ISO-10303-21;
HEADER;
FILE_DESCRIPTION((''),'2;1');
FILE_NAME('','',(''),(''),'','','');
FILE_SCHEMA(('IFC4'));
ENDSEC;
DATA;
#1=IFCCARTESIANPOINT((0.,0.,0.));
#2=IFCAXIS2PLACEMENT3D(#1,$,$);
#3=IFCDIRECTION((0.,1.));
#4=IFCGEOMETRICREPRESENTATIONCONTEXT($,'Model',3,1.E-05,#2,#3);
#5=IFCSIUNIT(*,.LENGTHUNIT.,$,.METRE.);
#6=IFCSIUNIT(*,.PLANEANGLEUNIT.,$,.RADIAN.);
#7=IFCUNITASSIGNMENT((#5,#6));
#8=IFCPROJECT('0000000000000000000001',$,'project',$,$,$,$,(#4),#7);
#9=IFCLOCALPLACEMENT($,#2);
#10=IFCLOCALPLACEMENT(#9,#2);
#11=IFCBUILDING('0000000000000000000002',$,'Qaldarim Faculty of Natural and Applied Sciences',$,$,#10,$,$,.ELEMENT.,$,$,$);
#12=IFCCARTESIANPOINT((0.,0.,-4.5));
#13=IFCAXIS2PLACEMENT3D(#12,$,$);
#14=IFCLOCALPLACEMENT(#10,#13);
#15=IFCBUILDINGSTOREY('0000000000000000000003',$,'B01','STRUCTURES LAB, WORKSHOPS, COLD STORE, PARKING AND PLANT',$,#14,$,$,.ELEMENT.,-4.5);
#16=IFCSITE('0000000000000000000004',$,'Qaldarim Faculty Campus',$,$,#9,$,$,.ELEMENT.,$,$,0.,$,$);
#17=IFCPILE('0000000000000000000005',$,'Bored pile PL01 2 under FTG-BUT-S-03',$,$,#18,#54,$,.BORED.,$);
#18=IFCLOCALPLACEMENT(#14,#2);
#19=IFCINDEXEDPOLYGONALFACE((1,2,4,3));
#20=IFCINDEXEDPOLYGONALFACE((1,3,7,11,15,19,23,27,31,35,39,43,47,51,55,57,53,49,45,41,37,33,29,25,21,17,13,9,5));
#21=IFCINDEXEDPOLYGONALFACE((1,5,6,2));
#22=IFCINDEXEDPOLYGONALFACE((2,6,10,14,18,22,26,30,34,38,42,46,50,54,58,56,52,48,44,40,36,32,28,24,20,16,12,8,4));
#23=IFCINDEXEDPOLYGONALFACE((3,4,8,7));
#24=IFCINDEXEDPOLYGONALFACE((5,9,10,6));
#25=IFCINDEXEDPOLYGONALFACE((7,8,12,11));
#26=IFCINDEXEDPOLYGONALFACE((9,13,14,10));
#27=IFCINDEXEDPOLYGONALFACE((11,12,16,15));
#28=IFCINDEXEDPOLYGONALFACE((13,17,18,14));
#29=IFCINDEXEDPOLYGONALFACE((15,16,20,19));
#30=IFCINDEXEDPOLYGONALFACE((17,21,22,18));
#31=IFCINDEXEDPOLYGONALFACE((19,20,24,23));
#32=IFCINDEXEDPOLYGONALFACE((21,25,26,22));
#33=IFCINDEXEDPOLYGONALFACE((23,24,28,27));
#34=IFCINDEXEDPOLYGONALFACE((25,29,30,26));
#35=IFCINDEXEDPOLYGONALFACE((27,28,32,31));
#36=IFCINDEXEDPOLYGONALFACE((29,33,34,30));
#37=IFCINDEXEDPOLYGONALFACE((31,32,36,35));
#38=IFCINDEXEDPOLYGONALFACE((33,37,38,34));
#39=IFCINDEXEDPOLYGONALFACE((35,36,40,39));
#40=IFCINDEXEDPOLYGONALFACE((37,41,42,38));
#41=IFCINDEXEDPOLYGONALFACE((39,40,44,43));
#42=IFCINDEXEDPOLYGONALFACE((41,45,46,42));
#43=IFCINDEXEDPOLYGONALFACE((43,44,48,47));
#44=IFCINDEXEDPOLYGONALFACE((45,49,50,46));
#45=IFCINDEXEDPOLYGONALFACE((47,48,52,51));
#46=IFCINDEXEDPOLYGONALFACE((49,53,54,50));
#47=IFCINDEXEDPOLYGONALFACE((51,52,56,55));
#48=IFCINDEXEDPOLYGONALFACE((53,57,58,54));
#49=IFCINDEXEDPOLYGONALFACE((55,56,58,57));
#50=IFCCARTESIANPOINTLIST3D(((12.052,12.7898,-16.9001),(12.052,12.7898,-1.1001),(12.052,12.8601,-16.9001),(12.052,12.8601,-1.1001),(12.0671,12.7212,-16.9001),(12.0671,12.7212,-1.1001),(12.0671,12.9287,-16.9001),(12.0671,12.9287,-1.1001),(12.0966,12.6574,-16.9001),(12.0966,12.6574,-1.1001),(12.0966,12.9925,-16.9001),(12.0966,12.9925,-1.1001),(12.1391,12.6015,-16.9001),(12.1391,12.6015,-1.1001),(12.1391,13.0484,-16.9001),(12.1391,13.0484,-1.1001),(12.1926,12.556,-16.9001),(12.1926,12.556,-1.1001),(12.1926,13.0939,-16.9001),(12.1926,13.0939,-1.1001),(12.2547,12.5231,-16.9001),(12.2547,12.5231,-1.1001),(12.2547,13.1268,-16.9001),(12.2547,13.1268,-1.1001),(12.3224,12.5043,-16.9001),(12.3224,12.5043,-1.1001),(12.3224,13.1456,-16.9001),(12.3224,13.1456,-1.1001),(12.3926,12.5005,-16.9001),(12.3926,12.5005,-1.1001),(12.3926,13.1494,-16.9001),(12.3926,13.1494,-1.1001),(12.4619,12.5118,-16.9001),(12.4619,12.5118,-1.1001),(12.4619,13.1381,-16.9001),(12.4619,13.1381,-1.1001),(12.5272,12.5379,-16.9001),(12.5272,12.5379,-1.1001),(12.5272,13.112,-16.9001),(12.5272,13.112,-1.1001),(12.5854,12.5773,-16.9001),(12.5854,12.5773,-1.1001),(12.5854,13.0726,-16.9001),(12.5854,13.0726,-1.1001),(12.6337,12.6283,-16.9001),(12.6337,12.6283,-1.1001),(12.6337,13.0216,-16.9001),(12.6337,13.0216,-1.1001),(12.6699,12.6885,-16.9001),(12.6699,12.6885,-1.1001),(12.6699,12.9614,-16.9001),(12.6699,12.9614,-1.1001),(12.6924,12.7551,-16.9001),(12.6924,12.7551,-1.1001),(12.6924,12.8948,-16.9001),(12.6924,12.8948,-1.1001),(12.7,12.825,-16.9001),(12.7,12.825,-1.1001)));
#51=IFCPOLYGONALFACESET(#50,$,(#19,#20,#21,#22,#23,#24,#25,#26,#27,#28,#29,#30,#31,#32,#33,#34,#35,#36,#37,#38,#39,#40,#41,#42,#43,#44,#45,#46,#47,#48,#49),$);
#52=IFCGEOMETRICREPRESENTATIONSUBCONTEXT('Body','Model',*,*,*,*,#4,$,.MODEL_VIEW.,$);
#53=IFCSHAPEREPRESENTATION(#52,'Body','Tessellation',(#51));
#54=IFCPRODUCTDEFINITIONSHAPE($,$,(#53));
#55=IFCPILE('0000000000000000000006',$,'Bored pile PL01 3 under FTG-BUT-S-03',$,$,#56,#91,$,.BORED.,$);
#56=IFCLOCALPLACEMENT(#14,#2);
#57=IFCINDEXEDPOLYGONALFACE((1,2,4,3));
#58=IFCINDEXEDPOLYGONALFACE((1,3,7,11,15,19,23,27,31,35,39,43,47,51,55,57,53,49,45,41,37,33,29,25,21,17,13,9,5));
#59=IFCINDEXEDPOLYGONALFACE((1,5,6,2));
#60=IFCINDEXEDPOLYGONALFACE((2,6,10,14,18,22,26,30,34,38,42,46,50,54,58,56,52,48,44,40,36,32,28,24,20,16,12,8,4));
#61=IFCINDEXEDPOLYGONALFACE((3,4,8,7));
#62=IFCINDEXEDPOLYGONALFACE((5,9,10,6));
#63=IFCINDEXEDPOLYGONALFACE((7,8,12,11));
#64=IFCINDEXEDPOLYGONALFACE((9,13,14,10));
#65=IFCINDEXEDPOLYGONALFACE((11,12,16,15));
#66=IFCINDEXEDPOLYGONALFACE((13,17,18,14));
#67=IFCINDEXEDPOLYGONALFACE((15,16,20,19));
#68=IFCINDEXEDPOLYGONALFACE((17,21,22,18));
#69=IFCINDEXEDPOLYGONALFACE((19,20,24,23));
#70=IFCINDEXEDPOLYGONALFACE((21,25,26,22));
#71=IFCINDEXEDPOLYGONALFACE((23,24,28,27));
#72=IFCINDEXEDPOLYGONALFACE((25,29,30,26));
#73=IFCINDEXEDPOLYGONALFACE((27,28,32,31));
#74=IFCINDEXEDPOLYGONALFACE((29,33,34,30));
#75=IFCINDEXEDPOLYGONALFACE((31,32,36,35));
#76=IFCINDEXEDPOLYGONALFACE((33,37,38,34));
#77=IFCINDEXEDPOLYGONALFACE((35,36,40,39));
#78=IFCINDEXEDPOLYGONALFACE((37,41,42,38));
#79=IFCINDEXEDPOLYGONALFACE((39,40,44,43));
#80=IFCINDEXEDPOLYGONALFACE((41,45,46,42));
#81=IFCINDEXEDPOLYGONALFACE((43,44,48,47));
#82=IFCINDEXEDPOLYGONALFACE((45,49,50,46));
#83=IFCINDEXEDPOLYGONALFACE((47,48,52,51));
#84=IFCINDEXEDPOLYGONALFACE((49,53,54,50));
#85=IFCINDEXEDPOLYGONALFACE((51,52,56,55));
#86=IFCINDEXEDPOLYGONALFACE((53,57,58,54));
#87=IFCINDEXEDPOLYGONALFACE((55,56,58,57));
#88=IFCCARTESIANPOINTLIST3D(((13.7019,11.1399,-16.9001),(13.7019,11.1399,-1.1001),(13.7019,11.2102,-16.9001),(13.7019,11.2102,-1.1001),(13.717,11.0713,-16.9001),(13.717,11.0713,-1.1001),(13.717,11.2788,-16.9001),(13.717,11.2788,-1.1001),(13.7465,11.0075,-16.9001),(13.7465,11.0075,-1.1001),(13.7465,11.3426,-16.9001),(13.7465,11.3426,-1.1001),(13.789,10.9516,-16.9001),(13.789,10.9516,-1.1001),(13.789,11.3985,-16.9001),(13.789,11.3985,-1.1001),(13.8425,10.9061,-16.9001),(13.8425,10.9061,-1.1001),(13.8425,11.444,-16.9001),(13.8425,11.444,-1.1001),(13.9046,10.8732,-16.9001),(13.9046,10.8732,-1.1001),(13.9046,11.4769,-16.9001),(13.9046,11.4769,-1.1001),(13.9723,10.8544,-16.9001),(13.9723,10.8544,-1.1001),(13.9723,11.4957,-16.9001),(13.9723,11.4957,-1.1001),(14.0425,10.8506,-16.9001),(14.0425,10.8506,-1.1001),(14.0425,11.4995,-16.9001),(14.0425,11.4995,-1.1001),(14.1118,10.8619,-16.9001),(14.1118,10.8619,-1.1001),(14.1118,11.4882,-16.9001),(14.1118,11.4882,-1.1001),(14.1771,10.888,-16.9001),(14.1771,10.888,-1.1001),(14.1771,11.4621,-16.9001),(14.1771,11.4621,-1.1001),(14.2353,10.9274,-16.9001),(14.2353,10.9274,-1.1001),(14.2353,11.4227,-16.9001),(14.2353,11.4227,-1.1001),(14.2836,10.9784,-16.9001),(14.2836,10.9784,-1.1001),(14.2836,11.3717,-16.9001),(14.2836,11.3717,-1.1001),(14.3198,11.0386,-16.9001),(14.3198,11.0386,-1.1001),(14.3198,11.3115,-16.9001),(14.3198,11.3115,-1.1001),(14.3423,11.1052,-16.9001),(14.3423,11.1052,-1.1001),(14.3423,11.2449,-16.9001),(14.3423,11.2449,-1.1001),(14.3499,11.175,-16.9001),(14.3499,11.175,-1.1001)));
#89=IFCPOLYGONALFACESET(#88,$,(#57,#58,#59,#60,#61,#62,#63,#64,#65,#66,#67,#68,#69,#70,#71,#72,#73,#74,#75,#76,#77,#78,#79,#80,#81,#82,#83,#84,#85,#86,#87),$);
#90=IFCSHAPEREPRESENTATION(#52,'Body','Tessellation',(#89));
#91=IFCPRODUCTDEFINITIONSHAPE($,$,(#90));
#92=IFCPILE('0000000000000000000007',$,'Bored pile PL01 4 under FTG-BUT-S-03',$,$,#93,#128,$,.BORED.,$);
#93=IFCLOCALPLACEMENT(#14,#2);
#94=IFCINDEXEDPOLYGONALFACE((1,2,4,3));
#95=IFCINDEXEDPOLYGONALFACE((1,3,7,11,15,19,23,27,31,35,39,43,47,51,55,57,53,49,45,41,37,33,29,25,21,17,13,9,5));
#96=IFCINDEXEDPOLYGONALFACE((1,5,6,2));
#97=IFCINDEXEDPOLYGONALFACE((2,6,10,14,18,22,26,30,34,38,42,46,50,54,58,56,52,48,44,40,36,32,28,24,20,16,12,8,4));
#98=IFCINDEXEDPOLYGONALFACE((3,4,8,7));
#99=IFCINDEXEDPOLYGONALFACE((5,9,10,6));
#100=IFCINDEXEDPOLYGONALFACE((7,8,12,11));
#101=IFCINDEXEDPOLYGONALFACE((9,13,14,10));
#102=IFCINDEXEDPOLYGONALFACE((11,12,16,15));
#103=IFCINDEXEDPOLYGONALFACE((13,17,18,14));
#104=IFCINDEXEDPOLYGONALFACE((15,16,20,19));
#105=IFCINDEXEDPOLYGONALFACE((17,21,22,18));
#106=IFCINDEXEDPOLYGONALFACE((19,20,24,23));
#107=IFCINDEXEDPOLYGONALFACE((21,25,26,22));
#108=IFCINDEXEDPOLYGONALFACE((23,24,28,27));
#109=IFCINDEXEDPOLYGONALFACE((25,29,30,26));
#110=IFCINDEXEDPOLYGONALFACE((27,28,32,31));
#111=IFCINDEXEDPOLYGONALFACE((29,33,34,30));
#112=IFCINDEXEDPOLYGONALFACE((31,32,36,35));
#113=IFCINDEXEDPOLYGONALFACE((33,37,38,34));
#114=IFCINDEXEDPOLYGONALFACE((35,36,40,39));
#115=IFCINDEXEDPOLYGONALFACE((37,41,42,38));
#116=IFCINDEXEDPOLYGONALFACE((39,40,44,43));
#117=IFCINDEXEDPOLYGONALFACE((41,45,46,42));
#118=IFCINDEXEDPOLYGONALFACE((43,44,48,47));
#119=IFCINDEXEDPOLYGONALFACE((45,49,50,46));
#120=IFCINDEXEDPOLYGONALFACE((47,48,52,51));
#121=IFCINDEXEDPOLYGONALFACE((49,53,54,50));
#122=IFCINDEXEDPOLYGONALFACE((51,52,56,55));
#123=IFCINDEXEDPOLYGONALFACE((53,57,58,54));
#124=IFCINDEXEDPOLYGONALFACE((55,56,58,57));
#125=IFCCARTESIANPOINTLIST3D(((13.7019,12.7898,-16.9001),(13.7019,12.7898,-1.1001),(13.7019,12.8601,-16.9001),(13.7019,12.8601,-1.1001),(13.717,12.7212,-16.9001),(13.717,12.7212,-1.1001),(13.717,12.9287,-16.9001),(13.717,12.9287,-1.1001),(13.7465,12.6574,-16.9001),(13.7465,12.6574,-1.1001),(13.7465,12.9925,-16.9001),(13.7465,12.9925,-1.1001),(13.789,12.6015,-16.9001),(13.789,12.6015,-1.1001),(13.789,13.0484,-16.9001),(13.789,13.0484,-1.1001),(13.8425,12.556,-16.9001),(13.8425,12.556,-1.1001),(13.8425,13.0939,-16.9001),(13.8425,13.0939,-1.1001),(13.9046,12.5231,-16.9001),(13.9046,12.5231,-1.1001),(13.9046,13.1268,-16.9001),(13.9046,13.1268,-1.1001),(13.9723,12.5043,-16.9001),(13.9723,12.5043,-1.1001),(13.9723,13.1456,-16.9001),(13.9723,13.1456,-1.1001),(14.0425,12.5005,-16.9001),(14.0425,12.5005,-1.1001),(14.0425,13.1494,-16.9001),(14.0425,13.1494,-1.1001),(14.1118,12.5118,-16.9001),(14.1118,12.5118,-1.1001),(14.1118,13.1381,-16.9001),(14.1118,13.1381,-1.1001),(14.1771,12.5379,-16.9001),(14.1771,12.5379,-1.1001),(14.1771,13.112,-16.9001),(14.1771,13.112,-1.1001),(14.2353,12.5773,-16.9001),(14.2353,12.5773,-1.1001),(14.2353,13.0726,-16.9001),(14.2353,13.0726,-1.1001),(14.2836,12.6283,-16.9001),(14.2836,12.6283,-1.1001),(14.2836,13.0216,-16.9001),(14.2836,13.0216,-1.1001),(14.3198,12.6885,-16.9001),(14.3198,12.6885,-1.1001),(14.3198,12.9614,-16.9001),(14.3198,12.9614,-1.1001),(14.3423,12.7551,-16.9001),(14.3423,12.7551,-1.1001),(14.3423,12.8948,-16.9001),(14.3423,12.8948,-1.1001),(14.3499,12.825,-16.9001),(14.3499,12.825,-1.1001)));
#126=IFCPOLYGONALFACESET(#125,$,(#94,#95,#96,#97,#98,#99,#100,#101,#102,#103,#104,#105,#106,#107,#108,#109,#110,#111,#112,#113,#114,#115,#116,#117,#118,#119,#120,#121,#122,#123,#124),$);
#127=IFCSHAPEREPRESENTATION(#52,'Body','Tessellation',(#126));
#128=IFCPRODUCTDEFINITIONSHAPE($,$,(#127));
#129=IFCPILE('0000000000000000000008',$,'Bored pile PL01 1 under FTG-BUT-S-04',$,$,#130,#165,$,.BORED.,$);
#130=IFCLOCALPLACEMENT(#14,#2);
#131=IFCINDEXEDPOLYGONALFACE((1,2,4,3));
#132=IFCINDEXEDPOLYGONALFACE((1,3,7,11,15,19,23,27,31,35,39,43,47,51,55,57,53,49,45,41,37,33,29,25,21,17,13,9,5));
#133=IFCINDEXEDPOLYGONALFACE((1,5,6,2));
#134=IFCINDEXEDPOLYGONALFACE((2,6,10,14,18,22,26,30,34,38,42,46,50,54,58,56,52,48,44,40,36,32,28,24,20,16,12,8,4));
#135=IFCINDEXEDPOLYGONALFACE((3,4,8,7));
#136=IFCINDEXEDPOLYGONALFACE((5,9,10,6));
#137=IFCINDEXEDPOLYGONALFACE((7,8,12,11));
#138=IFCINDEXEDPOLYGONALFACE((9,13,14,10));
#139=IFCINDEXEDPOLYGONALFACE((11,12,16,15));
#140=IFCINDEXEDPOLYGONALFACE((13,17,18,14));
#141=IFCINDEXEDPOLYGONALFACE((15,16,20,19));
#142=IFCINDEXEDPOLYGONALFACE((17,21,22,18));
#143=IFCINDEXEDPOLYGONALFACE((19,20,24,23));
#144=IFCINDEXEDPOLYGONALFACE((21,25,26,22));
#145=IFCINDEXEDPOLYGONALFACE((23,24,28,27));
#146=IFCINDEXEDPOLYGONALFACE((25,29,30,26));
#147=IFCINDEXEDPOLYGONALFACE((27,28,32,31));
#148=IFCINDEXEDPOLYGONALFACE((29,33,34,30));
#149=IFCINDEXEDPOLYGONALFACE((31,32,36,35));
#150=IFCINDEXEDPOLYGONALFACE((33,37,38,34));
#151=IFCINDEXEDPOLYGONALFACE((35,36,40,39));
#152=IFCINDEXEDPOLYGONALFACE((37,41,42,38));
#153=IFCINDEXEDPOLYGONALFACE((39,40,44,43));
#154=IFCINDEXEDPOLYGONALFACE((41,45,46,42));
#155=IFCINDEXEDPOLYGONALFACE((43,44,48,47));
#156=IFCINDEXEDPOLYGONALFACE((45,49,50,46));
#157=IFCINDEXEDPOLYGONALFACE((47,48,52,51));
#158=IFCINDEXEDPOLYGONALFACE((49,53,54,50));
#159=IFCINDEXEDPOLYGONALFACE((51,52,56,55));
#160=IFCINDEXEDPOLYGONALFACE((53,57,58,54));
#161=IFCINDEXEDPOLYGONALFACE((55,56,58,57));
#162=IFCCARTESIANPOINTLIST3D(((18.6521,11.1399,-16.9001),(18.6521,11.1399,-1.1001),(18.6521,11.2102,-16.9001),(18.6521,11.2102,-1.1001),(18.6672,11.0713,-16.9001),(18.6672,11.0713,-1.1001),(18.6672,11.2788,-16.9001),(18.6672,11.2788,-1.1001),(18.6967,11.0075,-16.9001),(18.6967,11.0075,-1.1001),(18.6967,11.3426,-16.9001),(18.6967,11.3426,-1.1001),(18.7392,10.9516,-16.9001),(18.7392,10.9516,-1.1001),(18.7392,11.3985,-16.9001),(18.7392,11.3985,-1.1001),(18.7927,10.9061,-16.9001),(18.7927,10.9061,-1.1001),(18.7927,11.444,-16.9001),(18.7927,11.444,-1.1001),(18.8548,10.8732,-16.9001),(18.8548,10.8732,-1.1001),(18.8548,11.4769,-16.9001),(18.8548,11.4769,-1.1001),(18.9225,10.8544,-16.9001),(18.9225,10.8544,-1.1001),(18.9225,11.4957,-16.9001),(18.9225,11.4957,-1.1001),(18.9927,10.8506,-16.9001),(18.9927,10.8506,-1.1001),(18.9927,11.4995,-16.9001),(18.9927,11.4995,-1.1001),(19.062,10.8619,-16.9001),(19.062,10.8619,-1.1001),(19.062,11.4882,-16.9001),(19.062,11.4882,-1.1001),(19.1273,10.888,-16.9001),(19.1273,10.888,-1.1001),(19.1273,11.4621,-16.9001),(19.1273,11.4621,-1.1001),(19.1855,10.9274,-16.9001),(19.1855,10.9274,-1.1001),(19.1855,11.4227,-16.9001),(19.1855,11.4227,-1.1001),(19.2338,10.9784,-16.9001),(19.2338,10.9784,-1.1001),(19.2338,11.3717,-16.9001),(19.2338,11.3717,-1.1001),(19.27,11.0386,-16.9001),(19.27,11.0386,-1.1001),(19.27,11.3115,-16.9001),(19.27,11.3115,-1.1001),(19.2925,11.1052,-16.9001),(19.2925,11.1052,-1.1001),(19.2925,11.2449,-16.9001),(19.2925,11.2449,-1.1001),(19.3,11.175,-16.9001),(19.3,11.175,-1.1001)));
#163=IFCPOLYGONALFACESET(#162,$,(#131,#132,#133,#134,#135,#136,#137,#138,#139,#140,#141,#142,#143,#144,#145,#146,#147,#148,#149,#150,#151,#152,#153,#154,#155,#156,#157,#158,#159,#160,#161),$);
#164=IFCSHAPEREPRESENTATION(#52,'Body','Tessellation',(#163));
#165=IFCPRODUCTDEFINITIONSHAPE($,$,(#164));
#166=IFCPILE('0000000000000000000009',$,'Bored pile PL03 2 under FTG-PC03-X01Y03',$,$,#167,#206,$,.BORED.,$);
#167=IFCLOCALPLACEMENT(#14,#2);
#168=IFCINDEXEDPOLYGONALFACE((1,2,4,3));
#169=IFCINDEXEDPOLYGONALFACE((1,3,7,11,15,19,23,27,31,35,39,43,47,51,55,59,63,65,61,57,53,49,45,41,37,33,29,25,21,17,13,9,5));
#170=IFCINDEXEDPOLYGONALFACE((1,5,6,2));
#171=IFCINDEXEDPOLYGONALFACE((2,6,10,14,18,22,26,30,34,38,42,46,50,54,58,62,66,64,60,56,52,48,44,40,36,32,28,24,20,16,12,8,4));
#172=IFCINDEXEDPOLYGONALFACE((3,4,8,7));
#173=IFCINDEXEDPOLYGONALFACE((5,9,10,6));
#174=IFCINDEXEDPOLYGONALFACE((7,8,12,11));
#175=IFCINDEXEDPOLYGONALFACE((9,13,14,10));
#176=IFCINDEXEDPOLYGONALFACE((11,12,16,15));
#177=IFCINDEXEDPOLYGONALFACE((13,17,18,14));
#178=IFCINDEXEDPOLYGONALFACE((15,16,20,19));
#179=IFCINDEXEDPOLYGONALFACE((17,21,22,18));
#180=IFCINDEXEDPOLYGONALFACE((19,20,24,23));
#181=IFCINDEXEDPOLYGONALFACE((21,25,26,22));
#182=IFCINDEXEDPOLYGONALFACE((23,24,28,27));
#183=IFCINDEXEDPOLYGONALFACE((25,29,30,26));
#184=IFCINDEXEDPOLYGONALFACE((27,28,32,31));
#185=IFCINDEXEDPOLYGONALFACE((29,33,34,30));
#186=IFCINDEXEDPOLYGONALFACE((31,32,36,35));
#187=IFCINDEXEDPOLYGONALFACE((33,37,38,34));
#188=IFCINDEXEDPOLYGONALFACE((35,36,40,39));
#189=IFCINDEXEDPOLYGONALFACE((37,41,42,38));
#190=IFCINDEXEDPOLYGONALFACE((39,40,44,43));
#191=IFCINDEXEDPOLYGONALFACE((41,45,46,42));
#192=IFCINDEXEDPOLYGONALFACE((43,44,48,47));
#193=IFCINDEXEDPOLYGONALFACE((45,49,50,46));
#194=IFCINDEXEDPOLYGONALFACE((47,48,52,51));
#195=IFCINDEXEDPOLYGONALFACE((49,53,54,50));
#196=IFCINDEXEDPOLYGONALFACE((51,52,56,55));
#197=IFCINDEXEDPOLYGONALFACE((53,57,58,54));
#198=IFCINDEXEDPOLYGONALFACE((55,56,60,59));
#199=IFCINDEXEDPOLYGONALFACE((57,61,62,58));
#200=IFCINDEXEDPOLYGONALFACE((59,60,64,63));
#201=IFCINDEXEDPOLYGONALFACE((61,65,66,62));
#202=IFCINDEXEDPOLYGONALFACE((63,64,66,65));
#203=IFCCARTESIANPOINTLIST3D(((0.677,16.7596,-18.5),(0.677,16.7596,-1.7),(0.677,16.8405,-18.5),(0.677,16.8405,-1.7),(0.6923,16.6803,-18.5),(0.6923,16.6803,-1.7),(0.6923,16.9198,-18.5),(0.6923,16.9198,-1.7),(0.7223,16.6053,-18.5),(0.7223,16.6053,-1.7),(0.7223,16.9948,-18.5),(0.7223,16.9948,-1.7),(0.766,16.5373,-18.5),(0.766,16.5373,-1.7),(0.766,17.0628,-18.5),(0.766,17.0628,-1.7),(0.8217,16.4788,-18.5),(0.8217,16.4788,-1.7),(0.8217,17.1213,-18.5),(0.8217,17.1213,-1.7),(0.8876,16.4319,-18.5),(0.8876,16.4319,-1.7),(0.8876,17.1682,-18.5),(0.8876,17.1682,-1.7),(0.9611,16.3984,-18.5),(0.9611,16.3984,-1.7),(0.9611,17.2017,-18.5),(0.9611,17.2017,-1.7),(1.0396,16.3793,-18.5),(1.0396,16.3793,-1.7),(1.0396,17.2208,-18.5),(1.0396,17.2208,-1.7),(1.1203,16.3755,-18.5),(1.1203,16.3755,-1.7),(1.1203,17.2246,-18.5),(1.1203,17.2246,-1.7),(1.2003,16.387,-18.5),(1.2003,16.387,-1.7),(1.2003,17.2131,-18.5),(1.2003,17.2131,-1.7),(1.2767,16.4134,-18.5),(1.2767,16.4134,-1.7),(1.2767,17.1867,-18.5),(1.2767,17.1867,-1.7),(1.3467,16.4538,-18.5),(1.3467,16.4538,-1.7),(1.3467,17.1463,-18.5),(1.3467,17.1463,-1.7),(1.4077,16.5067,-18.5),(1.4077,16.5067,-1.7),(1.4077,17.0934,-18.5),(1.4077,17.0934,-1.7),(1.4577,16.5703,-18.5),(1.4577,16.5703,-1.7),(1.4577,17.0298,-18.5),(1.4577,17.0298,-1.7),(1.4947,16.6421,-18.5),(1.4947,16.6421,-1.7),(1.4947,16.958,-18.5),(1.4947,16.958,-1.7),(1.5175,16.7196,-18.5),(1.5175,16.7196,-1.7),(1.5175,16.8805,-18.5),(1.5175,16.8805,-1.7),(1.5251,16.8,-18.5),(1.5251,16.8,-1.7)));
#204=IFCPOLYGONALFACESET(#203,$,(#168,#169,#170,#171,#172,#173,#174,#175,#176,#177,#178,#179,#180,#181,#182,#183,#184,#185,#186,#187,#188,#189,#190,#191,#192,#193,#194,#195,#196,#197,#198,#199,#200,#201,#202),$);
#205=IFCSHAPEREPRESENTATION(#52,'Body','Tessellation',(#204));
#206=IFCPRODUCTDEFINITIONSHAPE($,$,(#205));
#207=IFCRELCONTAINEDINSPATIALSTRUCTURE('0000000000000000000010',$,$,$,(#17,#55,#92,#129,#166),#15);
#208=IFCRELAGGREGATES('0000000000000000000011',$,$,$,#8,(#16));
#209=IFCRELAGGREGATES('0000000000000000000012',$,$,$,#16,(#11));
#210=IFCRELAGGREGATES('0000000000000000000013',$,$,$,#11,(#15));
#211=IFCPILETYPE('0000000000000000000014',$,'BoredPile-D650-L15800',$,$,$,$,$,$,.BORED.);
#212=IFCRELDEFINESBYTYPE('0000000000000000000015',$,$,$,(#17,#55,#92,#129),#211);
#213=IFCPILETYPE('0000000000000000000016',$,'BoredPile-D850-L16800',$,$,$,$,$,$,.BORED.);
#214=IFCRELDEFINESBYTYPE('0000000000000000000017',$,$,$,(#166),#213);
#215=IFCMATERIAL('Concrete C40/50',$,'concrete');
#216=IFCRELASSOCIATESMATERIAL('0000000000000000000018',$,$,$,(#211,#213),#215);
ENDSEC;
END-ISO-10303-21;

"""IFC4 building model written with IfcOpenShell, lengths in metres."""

from ifc_helpers import new_model, si_unit, direction, frame, origin, origin_2d, place, context, subcontext, project, spatial, circle, extrude, material, material_profile, profile_set, type_object, element, save


model = new_model("IFC4")

# Units and contexts
model_context = context("Model", 3, precision=1e-05, world=origin(), true_north=direction((0.0, 1.0)))
body_context = subcontext(model_context, "Body", "Model", "MODEL_VIEW")
ifc_project = project(units=[si_unit("LENGTHUNIT", "METRE"), si_unit("PLANEANGLEUNIT", "RADIAN")], contexts=[model_context])

# Site, building, storey
site_placement = place(None, origin())
site = spatial("IfcSite", under=ifc_project, at=site_placement, Name="Qaldarim Faculty Campus", CompositionType="ELEMENT", RefElevation=0.0)
building_placement = place(site_placement, origin())
building = spatial("IfcBuilding", under=site, at=building_placement, Name="Qaldarim Faculty of Natural and Applied Sciences", CompositionType="ELEMENT")
storey_placement = place(building_placement, frame((0.0, 0.0, -4.5)))
storey = spatial("IfcBuildingStorey", under=building, at=storey_placement, Name="B01", Description="STRUCTURES LAB, WORKSHOPS, COLD STORE, PARKING AND PLANT", CompositionType="ELEMENT", Elevation=-4.5)

# Piles
ifc_material_1 = material(Name="Concrete C40/50", Category="concrete")
ifc_material_profile_1 = material_profile(ifc_material_1, circle(Radius=0.325, at=origin_2d()), Name="PILE-D650")
ifc_profile_set_1 = profile_set([ifc_material_profile_1], Name="Concrete C40/50")
pile_type_1 = type_object("IfcPileType", Name="BoredPile-D650-L15800", PredefinedType="BORED", material=ifc_profile_set_1)
for number, where, z_axis, x_axis, name in (
    (1, (12.375, 12.825, -1.1001), (0.0, 0.0, -1.0), (1.0, 0.0, 0.0), "Bored pile PL01 2 under FTG-BUT-S-03"),
    (2, (14.0249, 11.175, -1.1001), (0.0, 0.0, -1.0), (1.0, 0.0, 0.0), "Bored pile PL01 3 under FTG-BUT-S-03"),
    (3, (14.0249, 12.825, -1.1001), (0.0, 0.0, -1.0), (1.0, 0.0, 0.0), "Bored pile PL01 4 under FTG-BUT-S-03"),
    (4, (18.9751, 11.175, -1.1001), (0.0, 0.0, -1.0), (1.0, 0.0, 0.0), "Bored pile PL01 1 under FTG-BUT-S-04"),
):
    element("IfcPile", number, at=place(storey_placement, frame(where, z_axis=z_axis, x_axis=x_axis)), inside=storey, type_object=pile_type_1, Name=name, PredefinedType="BORED", context=body_context, shape_type="SweptSolid", body=[
        extrude(circle(Radius=0.325, at=origin_2d()), origin(), (0.0, 0.0, 1.0), 15.8),
    ])
ifc_material_profile_2 = material_profile(ifc_material_1, circle(Radius=0.425, at=origin_2d()), Name="PILE-D850")
ifc_profile_set_2 = profile_set([ifc_material_profile_2], Name="Concrete C40/50")
pile_type_2 = type_object("IfcPileType", Name="BoredPile-D850-L16800", PredefinedType="BORED", material=ifc_profile_set_2)
pile_placement = place(storey_placement, frame((1.1001, 16.8, -1.7), z_axis=(0.0, 0.0, -1.0), x_axis=(1.0, 0.0, 0.0)))
element("IfcPile", 5, at=pile_placement, inside=storey, type_object=pile_type_2, Name="Bored pile PL03 2 under FTG-PC03-X01Y03", PredefinedType="BORED", context=body_context, shape_type="SweptSolid", body=[
    extrude(circle(Radius=0.425, at=origin_2d()), origin(), (0.0, 0.0, 1.0), 16.8),
])

save(model, "model.ifc")
